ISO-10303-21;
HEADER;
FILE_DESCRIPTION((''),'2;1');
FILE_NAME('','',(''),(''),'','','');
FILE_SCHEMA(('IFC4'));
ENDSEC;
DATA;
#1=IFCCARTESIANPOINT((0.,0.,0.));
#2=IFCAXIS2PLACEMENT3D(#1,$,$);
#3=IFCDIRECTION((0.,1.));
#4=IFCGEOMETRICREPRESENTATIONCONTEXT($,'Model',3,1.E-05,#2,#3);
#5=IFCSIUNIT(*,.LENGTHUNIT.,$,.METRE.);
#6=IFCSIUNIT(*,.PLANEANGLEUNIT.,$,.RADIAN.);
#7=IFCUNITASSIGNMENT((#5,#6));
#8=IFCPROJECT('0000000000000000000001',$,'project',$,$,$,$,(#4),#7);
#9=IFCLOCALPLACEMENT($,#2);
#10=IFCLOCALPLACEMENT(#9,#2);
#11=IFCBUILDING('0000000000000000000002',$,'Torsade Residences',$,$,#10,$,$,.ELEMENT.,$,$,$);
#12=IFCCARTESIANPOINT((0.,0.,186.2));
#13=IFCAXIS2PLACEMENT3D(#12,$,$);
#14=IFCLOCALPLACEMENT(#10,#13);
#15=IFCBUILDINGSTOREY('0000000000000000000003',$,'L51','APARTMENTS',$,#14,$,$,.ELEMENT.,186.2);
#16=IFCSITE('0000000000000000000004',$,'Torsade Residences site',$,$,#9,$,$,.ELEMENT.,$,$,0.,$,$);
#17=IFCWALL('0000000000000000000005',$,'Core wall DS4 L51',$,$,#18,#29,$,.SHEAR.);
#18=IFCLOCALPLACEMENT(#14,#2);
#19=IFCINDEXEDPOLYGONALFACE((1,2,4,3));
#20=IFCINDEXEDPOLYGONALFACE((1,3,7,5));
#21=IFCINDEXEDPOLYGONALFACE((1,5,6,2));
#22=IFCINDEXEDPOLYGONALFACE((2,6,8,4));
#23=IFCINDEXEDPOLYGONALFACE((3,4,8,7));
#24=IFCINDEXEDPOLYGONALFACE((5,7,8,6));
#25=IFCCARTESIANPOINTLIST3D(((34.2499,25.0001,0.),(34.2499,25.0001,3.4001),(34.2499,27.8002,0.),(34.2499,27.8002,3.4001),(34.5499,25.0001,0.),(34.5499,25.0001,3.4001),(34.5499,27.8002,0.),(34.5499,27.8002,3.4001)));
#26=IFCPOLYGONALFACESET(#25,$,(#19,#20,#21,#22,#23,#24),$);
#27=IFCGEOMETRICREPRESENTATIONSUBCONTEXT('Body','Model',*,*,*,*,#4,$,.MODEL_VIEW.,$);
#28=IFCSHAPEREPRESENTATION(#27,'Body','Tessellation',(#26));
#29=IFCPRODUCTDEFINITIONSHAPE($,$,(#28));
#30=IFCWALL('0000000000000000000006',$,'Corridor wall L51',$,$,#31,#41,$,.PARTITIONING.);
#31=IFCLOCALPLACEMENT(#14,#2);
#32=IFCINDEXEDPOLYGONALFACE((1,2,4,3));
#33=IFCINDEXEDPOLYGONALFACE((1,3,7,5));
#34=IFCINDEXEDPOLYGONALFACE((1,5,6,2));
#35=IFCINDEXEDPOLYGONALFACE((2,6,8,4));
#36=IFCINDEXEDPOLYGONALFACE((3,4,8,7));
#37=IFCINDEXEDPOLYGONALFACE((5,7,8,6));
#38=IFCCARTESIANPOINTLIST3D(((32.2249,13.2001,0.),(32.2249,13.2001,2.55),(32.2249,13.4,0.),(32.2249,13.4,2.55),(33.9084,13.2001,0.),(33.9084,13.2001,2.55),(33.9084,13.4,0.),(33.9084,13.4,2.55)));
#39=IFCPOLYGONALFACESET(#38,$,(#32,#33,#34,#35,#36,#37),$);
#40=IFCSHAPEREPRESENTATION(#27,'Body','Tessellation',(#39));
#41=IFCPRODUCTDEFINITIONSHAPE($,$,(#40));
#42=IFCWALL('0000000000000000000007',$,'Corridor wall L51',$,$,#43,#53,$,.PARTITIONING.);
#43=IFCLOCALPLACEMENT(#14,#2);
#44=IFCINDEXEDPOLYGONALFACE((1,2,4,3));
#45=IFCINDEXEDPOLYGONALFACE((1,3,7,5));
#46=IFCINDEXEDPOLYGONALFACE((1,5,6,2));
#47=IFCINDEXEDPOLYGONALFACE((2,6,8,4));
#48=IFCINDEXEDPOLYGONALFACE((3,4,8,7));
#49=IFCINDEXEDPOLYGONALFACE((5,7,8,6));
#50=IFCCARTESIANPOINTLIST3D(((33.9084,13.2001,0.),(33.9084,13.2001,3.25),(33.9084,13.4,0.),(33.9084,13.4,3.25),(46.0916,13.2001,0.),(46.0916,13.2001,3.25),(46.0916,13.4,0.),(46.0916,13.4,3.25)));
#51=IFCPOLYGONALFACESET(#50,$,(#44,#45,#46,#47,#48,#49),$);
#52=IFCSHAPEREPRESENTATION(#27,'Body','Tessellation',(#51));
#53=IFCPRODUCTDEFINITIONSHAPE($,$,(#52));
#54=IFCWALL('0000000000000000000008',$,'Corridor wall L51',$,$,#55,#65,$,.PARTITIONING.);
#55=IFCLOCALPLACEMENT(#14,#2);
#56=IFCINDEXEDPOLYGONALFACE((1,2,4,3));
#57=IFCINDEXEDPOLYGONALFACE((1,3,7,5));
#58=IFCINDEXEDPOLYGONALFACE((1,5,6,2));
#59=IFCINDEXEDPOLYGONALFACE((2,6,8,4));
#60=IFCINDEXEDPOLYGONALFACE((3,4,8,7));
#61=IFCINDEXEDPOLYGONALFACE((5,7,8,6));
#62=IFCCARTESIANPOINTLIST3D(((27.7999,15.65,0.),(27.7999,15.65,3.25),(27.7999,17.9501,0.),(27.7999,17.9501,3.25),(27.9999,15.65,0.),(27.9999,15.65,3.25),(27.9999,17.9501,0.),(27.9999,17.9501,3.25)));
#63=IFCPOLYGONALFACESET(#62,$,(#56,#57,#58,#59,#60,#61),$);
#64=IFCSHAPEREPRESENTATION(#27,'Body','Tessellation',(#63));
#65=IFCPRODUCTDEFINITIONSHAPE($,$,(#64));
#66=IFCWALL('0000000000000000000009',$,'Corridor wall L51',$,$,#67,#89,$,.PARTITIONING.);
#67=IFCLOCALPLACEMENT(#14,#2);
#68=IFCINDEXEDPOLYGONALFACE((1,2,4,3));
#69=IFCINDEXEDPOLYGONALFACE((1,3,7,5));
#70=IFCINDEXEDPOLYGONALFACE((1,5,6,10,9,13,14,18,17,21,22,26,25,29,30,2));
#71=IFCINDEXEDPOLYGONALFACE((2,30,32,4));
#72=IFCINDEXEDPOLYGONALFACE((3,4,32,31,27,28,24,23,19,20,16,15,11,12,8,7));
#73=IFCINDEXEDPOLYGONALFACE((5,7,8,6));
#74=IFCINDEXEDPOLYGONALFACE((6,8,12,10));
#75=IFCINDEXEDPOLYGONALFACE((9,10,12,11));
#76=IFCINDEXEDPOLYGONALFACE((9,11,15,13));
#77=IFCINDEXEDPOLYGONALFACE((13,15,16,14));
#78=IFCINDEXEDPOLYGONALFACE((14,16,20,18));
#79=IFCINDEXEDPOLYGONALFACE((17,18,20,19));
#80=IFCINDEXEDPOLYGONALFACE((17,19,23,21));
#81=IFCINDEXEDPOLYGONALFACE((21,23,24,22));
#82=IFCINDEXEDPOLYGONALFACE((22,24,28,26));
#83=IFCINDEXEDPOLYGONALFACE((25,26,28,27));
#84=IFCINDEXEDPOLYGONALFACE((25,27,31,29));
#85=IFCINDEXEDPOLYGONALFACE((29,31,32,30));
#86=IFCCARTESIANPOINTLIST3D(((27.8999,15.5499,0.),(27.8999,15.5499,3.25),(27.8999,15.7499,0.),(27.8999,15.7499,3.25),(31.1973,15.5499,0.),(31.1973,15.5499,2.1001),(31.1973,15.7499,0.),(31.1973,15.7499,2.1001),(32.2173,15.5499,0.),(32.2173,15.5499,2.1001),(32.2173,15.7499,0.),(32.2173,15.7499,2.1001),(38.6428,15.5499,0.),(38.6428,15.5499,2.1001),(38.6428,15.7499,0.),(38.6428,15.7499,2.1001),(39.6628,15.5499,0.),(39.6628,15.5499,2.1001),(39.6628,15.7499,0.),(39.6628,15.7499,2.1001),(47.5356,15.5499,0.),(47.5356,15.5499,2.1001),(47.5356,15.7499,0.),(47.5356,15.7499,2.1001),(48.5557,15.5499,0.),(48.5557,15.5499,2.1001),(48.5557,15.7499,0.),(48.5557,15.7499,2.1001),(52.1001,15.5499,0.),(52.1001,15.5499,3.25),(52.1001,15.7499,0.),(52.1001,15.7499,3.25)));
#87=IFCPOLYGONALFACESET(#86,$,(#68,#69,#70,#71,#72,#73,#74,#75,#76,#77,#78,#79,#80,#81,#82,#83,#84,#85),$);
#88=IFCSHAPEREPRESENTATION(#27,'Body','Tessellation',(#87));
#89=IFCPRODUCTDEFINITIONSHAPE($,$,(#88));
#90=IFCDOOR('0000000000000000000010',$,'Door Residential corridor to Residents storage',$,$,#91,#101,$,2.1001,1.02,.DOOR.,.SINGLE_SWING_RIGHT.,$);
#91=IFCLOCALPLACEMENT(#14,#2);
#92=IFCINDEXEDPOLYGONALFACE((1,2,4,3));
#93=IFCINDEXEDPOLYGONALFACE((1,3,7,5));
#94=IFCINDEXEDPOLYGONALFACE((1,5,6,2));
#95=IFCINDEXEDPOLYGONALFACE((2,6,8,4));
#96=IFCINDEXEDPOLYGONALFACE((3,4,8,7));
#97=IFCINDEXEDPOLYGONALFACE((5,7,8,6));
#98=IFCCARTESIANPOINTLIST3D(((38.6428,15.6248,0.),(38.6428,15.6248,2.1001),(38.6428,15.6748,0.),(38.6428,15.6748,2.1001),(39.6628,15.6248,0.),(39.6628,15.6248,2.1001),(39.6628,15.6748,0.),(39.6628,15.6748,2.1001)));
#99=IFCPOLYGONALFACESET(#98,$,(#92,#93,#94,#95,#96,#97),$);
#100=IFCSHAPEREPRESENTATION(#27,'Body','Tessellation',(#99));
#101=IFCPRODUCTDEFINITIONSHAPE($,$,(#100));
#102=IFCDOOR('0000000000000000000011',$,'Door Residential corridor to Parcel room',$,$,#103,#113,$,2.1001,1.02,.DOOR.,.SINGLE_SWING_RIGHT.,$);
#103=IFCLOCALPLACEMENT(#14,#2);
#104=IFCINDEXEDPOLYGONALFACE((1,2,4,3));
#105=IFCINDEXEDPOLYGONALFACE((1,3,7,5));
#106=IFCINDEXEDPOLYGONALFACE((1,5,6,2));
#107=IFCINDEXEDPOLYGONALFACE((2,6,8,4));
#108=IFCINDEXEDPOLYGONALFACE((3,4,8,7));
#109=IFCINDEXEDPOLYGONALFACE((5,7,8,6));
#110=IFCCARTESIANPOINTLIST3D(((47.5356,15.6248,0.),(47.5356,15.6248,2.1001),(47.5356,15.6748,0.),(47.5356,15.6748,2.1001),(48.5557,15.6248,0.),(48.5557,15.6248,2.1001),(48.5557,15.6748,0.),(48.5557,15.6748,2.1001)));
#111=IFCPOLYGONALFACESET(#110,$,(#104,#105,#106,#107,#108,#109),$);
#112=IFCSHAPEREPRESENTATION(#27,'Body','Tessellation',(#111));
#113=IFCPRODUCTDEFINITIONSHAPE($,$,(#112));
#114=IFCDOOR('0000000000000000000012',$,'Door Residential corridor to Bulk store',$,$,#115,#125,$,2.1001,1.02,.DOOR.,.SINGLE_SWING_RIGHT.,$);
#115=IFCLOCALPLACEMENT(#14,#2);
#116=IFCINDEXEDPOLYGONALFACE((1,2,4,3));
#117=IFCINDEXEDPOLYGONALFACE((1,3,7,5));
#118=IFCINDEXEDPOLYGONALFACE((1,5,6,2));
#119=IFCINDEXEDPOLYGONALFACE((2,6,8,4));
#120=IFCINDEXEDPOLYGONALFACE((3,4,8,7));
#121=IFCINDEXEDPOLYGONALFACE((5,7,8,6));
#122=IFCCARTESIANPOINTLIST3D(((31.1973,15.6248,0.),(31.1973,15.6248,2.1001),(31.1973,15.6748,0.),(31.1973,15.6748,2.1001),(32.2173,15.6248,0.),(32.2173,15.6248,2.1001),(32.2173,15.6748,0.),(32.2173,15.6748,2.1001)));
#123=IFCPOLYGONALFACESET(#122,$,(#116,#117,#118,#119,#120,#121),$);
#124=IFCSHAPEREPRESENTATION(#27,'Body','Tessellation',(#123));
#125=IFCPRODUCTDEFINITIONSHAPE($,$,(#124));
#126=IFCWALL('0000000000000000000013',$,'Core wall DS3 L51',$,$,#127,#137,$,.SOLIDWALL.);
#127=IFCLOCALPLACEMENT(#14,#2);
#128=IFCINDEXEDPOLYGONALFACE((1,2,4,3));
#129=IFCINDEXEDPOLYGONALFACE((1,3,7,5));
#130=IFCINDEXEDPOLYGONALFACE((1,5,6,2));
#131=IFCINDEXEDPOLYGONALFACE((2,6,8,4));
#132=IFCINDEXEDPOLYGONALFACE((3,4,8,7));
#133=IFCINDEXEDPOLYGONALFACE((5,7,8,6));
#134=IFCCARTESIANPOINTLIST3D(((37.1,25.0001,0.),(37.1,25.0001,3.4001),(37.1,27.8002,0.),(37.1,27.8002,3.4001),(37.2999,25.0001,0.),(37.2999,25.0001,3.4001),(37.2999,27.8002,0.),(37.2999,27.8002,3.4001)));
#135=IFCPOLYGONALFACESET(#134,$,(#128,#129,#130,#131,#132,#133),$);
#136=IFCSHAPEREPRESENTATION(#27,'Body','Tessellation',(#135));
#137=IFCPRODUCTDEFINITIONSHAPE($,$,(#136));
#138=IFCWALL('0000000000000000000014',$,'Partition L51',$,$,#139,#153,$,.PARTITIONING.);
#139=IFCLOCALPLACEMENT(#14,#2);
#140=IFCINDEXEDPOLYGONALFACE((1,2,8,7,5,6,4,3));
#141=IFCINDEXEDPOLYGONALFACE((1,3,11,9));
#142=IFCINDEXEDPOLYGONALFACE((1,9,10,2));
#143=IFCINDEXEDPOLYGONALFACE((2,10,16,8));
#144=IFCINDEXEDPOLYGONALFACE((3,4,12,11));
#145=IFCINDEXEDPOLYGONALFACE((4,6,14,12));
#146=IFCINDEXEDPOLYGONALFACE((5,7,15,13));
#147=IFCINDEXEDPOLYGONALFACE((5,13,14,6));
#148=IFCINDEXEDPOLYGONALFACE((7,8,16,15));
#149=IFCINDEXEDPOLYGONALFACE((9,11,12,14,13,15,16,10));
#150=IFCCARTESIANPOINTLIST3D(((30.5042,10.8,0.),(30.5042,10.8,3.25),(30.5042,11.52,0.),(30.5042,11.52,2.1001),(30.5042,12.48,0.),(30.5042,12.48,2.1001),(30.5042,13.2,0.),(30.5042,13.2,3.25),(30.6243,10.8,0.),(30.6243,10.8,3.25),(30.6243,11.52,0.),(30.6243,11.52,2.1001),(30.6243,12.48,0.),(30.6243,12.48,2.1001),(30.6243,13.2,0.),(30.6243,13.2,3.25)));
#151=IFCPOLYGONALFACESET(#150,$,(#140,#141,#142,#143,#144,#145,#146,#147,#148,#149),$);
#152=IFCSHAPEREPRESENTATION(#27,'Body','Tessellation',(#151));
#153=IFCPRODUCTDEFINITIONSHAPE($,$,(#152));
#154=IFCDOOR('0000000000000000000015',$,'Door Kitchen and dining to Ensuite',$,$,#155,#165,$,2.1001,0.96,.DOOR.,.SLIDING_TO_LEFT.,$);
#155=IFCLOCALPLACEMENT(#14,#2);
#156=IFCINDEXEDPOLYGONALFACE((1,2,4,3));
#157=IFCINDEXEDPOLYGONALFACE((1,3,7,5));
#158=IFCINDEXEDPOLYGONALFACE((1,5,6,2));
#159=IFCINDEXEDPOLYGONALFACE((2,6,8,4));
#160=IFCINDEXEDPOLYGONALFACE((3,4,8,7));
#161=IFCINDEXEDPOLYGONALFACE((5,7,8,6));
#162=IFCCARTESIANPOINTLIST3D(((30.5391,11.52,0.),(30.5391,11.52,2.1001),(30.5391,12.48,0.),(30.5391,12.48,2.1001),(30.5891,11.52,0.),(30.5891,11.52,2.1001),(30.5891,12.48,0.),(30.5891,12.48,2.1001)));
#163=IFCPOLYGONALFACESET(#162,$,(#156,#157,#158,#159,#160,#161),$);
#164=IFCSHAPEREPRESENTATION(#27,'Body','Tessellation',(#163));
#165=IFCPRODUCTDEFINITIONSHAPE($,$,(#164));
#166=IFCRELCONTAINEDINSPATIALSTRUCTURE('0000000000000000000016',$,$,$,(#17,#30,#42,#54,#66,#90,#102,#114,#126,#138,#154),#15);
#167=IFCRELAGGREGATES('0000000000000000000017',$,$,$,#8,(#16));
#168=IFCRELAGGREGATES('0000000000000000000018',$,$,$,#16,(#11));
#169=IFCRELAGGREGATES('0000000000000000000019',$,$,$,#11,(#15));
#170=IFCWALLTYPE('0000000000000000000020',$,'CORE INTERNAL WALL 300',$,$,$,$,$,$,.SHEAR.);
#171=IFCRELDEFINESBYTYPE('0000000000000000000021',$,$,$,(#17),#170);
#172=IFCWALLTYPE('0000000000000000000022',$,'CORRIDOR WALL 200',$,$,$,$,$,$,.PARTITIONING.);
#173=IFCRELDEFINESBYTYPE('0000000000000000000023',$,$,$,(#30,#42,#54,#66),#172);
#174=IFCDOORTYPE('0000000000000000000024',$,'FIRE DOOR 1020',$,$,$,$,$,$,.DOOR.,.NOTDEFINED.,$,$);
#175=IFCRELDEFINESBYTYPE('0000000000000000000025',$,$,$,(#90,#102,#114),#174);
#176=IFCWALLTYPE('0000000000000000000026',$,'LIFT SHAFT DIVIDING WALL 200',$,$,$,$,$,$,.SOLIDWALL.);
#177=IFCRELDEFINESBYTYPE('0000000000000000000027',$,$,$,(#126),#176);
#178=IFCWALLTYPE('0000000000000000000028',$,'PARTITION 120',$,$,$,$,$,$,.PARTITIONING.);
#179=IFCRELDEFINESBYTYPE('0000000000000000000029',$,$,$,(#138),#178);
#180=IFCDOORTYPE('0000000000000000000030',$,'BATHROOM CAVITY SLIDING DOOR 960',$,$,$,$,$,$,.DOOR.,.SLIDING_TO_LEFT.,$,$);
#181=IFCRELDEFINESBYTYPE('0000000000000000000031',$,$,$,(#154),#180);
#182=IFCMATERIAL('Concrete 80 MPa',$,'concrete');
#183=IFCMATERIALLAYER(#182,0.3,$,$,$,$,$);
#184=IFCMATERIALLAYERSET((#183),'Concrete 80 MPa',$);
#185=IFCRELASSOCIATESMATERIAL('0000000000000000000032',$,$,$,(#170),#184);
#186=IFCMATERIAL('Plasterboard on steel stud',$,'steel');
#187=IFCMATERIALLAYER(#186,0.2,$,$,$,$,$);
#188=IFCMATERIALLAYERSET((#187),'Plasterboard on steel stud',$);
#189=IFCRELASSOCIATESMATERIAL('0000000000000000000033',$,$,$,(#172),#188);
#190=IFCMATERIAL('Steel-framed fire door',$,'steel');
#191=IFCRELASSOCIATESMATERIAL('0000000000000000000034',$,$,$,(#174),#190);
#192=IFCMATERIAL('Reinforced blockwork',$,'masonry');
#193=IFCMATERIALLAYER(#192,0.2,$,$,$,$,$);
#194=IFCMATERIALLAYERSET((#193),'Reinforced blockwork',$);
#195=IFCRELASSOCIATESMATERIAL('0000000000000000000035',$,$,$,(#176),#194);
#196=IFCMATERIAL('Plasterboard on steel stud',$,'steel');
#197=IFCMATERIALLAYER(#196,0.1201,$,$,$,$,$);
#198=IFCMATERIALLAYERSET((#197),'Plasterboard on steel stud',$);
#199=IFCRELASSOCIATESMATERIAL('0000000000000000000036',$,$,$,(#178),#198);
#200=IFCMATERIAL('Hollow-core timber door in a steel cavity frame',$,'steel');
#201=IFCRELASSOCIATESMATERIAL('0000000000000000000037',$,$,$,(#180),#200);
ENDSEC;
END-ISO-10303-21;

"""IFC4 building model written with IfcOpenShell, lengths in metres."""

from ifc_helpers import new_model, si_unit, direction, frame, frame_2d, origin, place, context, subcontext, project, spatial, rectangle, extrude, material, layer, layer_set, type_object, element, fill, save


model = new_model("IFC4")

# Units and contexts
model_context = context("Model", 3, precision=1e-05, world=origin(), true_north=direction((0.0, 1.0)))
body_context = subcontext(model_context, "Body", "Model", "MODEL_VIEW")
ifc_project = project(units=[si_unit("LENGTHUNIT", "METRE"), si_unit("PLANEANGLEUNIT", "RADIAN")], contexts=[model_context])

# Site, building, storey
site_placement = place(None, origin())
site = spatial("IfcSite", under=ifc_project, at=site_placement, Name="Torsade Residences site", CompositionType="ELEMENT", RefElevation=0.0)
building_placement = place(site_placement, origin())
building = spatial("IfcBuilding", under=site, at=building_placement, Name="Torsade Residences", CompositionType="ELEMENT")
storey_placement = place(building_placement, frame((0.0, 0.0, 186.2)))
storey = spatial("IfcBuildingStorey", under=building, at=storey_placement, Name="L51", Description="APARTMENTS", CompositionType="ELEMENT", Elevation=186.2)

# Walls
ifc_material_1 = material(Name="Concrete 80 MPa", Category="concrete")
ifc_layer_1 = layer(ifc_material_1, 0.3)
ifc_layer_set_1 = layer_set([ifc_layer_1], Name="Concrete 80 MPa")
wall_type_1 = type_object("IfcWallType", Name="CORE INTERNAL WALL 300", PredefinedType="SHEAR", material=ifc_layer_set_1)
wall_1_placement = place(storey_placement, frame((34.3999, 27.8, 0.0), z_axis=(0.0, 0.0, 1.0), x_axis=(0.0, -1.0, 0.0)))
element("IfcWall", 1, at=wall_1_placement, inside=storey, type_object=wall_type_1, Name="Core wall DS4 L51", PredefinedType="SHEAR", context=body_context, shape_type="SweptSolid", body=[
    extrude(rectangle(XDim=2.8, YDim=0.3, at=frame_2d((1.3999, 0.0))), origin(), (0.0, 0.0, 1.0), 3.4001),
])
ifc_material_2 = material(Name="Plasterboard on steel stud", Category="steel")
ifc_layer_2 = layer(ifc_material_2, 0.2)
ifc_layer_set_2 = layer_set([ifc_layer_2], Name="Plasterboard on steel stud")
wall_type_2 = type_object("IfcWallType", Name="CORRIDOR WALL 200", PredefinedType="PARTITIONING", material=ifc_layer_set_2)
wall_2_placement = place(storey_placement, frame((32.2249, 13.3, 0.0), z_axis=(0.0, 0.0, 1.0), x_axis=(1.0, 0.0, 0.0)))
element("IfcWall", 2, at=wall_2_placement, inside=storey, type_object=wall_type_2, Name="Corridor wall L51", PredefinedType="PARTITIONING", context=body_context, shape_type="SweptSolid", body=[
    extrude(rectangle(XDim=1.6836, YDim=0.2, at=frame_2d((0.8418, 0.0))), origin(), (0.0, 0.0, 1.0), 2.55),
])
wall_3_placement = place(storey_placement, frame((33.9084, 13.3, 0.0), z_axis=(0.0, 0.0, 1.0), x_axis=(1.0, 0.0, 0.0)))
element("IfcWall", 3, at=wall_3_placement, inside=storey, type_object=wall_type_2, Name="Corridor wall L51", PredefinedType="PARTITIONING", context=body_context, shape_type="SweptSolid", body=[
    extrude(rectangle(XDim=12.1831, YDim=0.2, at=frame_2d((6.0916, 0.0))), origin(), (0.0, 0.0, 1.0), 3.25),
])
wall_4_placement = place(storey_placement, frame((27.8999, 17.95, 0.0), z_axis=(0.0, 0.0, 1.0), x_axis=(0.0, -1.0, 0.0)))
element("IfcWall", 4, at=wall_4_placement, inside=storey, type_object=wall_type_2, Name="Corridor wall L51", PredefinedType="PARTITIONING", context=body_context, shape_type="SweptSolid", body=[
    extrude(rectangle(XDim=2.3, YDim=0.2, at=frame_2d((1.1499, 0.0))), origin(), (0.0, 0.0, 1.0), 3.25),
])

# Wall, openings, doors
wall_5_placement = place(storey_placement, frame((27.8999, 15.6499, 0.0), z_axis=(0.0, 0.0, 1.0), x_axis=(1.0, 0.0, 0.0)))
wall_5 = element("IfcWall", 5, at=wall_5_placement, inside=storey, type_object=wall_type_2, Name="Corridor wall L51", PredefinedType="PARTITIONING", context=body_context, shape_type="SweptSolid", body=[
    extrude(rectangle(XDim=24.2002, YDim=0.2, at=frame_2d((12.1001, 0.0))), origin(), (0.0, 0.0, 1.0), 3.25),
])
opening_1_placement = place(wall_5_placement, frame((10.7429, 0.0, 0.0)))
opening_1 = element("IfcOpeningElement", 6, at=opening_1_placement, cuts=wall_5, PredefinedType="OPENING", context=body_context, shape_type="SweptSolid", body=[
    extrude(rectangle(XDim=1.02, YDim=2.1001, at=frame_2d((0.51, 1.05))), frame((0.0, 0.1099, 0.0), z_axis=(0.0, -1.0, 0.0), x_axis=(1.0, 0.0, 0.0)), (0.0, 0.0, 1.0), 0.22),
])
opening_2_placement = place(wall_5_placement, frame((19.6357, 0.0, 0.0)))
opening_2 = element("IfcOpeningElement", 7, at=opening_2_placement, cuts=wall_5, PredefinedType="OPENING", context=body_context, shape_type="SweptSolid", body=[
    extrude(rectangle(XDim=1.02, YDim=2.1001, at=frame_2d((0.51, 1.05))), frame((0.0, 0.1099, 0.0), z_axis=(0.0, -1.0, 0.0), x_axis=(1.0, 0.0, 0.0)), (0.0, 0.0, 1.0), 0.22),
])
opening_3_placement = place(wall_5_placement, frame((3.2974, 0.0, 0.0)))
opening_3 = element("IfcOpeningElement", 8, at=opening_3_placement, cuts=wall_5, PredefinedType="OPENING", context=body_context, shape_type="SweptSolid", body=[
    extrude(rectangle(XDim=1.02, YDim=2.1001, at=frame_2d((0.51, 1.05))), frame((0.0, 0.1099, 0.0), z_axis=(0.0, -1.0, 0.0), x_axis=(1.0, 0.0, 0.0)), (0.0, 0.0, 1.0), 0.22),
])
ifc_material_3 = material(Name="Steel-framed fire door", Category="steel")
door_type_1 = type_object("IfcDoorType", Name="FIRE DOOR 1020", OperationType="NOTDEFINED", PredefinedType="DOOR", material=ifc_material_3)
door_1_placement = place(opening_1_placement, origin())
door_1 = element("IfcDoor", 9, at=door_1_placement, inside=storey, type_object=door_type_1, Name="Door Residential corridor to Residents storage", OperationType="SINGLE_SWING_RIGHT", OverallHeight=2.1001, OverallWidth=1.02, PredefinedType="DOOR", context=body_context, shape_type="SweptSolid", body=[
    extrude(rectangle(XDim=1.02, YDim=2.1001, at=frame_2d((0.51, 1.05))), frame((0.0, 0.0249, 0.0), z_axis=(0.0, -1.0, 0.0), x_axis=(1.0, 0.0, 0.0)), (0.0, 0.0, 1.0), 0.05),
])
fill(opening_1, door_1)
door_2_placement = place(opening_2_placement, origin())
door_2 = element("IfcDoor", 10, at=door_2_placement, inside=storey, type_object=door_type_1, Name="Door Residential corridor to Parcel room", OperationType="SINGLE_SWING_RIGHT", OverallHeight=2.1001, OverallWidth=1.02, PredefinedType="DOOR", context=body_context, shape_type="SweptSolid", body=[
    extrude(rectangle(XDim=1.02, YDim=2.1001, at=frame_2d((0.51, 1.05))), frame((0.0, 0.0249, 0.0), z_axis=(0.0, -1.0, 0.0), x_axis=(1.0, 0.0, 0.0)), (0.0, 0.0, 1.0), 0.05),
])
fill(opening_2, door_2)
door_3_placement = place(opening_3_placement, origin())
door_3 = element("IfcDoor", 11, at=door_3_placement, inside=storey, type_object=door_type_1, Name="Door Residential corridor to Bulk store", OperationType="SINGLE_SWING_RIGHT", OverallHeight=2.1001, OverallWidth=1.02, PredefinedType="DOOR", context=body_context, shape_type="SweptSolid", body=[
    extrude(rectangle(XDim=1.02, YDim=2.1001, at=frame_2d((0.51, 1.05))), frame((0.0, 0.0249, 0.0), z_axis=(0.0, -1.0, 0.0), x_axis=(1.0, 0.0, 0.0)), (0.0, 0.0, 1.0), 0.05),
])
fill(opening_3, door_3)

# Wall
ifc_material_4 = material(Name="Reinforced blockwork", Category="masonry")
ifc_layer_3 = layer(ifc_material_4, 0.2)
ifc_layer_set_3 = layer_set([ifc_layer_3], Name="Reinforced blockwork")
wall_type_3 = type_object("IfcWallType", Name="LIFT SHAFT DIVIDING WALL 200", PredefinedType="SOLIDWALL", material=ifc_layer_set_3)
wall_6_placement = place(storey_placement, frame((37.2, 27.8, 0.0), z_axis=(0.0, 0.0, 1.0), x_axis=(0.0, -1.0, 0.0)))
element("IfcWall", 12, at=wall_6_placement, inside=storey, type_object=wall_type_3, Name="Core wall DS3 L51", PredefinedType="SOLIDWALL", context=body_context, shape_type="SweptSolid", body=[
    extrude(rectangle(XDim=2.8, YDim=0.2, at=frame_2d((1.3999, 0.0))), origin(), (0.0, 0.0, 1.0), 3.4001),
])

# Wall, opening, door
ifc_material_5 = material(Name="Plasterboard on steel stud", Category="steel")
ifc_layer_4 = layer(ifc_material_5, 0.1201)
ifc_layer_set_4 = layer_set([ifc_layer_4], Name="Plasterboard on steel stud")
wall_type_4 = type_object("IfcWallType", Name="PARTITION 120", PredefinedType="PARTITIONING", material=ifc_layer_set_4)
wall_7_placement = place(storey_placement, frame((30.5642, 13.2, 0.0), z_axis=(0.0, 0.0, 1.0), x_axis=(0.0, -1.0, 0.0)))
wall_7 = element("IfcWall", 13, at=wall_7_placement, inside=storey, type_object=wall_type_4, Name="Partition L51", PredefinedType="PARTITIONING", context=body_context, shape_type="SweptSolid", body=[
    extrude(rectangle(XDim=2.3999, YDim=0.1201, at=frame_2d((1.2, 0.0))), origin(), (0.0, 0.0, 1.0), 3.25),
])
opening_4_placement = place(wall_7_placement, frame((0.72, 0.0, 0.0)))
opening_4 = element("IfcOpeningElement", 14, at=opening_4_placement, cuts=wall_7, PredefinedType="OPENING", context=body_context, shape_type="SweptSolid", body=[
    extrude(rectangle(XDim=0.96, YDim=2.1001, at=frame_2d((0.48, 1.05))), frame((0.0, 0.0701, 0.0), z_axis=(0.0, -1.0, 0.0), x_axis=(1.0, 0.0, 0.0)), (0.0, 0.0, 1.0), 0.1401),
])
ifc_material_6 = material(Name="Hollow-core timber door in a steel cavity frame", Category="steel")
door_type_2 = type_object("IfcDoorType", Name="BATHROOM CAVITY SLIDING DOOR 960", OperationType="SLIDING_TO_LEFT", PredefinedType="DOOR", material=ifc_material_6)
door_4_placement = place(opening_4_placement, origin())
door_4 = element("IfcDoor", 15, at=door_4_placement, inside=storey, type_object=door_type_2, Name="Door Kitchen and dining to Ensuite", OperationType="SLIDING_TO_LEFT", OverallHeight=2.1001, OverallWidth=0.96, PredefinedType="DOOR", context=body_context, shape_type="SweptSolid", body=[
    extrude(rectangle(XDim=0.96, YDim=2.1001, at=frame_2d((0.48, 1.05))), frame((0.0, 0.0249, 0.0), z_axis=(0.0, -1.0, 0.0), x_axis=(1.0, 0.0, 0.0)), (0.0, 0.0, 1.0), 0.05),
])
fill(opening_4, door_4)

save(model, "model.ifc")
